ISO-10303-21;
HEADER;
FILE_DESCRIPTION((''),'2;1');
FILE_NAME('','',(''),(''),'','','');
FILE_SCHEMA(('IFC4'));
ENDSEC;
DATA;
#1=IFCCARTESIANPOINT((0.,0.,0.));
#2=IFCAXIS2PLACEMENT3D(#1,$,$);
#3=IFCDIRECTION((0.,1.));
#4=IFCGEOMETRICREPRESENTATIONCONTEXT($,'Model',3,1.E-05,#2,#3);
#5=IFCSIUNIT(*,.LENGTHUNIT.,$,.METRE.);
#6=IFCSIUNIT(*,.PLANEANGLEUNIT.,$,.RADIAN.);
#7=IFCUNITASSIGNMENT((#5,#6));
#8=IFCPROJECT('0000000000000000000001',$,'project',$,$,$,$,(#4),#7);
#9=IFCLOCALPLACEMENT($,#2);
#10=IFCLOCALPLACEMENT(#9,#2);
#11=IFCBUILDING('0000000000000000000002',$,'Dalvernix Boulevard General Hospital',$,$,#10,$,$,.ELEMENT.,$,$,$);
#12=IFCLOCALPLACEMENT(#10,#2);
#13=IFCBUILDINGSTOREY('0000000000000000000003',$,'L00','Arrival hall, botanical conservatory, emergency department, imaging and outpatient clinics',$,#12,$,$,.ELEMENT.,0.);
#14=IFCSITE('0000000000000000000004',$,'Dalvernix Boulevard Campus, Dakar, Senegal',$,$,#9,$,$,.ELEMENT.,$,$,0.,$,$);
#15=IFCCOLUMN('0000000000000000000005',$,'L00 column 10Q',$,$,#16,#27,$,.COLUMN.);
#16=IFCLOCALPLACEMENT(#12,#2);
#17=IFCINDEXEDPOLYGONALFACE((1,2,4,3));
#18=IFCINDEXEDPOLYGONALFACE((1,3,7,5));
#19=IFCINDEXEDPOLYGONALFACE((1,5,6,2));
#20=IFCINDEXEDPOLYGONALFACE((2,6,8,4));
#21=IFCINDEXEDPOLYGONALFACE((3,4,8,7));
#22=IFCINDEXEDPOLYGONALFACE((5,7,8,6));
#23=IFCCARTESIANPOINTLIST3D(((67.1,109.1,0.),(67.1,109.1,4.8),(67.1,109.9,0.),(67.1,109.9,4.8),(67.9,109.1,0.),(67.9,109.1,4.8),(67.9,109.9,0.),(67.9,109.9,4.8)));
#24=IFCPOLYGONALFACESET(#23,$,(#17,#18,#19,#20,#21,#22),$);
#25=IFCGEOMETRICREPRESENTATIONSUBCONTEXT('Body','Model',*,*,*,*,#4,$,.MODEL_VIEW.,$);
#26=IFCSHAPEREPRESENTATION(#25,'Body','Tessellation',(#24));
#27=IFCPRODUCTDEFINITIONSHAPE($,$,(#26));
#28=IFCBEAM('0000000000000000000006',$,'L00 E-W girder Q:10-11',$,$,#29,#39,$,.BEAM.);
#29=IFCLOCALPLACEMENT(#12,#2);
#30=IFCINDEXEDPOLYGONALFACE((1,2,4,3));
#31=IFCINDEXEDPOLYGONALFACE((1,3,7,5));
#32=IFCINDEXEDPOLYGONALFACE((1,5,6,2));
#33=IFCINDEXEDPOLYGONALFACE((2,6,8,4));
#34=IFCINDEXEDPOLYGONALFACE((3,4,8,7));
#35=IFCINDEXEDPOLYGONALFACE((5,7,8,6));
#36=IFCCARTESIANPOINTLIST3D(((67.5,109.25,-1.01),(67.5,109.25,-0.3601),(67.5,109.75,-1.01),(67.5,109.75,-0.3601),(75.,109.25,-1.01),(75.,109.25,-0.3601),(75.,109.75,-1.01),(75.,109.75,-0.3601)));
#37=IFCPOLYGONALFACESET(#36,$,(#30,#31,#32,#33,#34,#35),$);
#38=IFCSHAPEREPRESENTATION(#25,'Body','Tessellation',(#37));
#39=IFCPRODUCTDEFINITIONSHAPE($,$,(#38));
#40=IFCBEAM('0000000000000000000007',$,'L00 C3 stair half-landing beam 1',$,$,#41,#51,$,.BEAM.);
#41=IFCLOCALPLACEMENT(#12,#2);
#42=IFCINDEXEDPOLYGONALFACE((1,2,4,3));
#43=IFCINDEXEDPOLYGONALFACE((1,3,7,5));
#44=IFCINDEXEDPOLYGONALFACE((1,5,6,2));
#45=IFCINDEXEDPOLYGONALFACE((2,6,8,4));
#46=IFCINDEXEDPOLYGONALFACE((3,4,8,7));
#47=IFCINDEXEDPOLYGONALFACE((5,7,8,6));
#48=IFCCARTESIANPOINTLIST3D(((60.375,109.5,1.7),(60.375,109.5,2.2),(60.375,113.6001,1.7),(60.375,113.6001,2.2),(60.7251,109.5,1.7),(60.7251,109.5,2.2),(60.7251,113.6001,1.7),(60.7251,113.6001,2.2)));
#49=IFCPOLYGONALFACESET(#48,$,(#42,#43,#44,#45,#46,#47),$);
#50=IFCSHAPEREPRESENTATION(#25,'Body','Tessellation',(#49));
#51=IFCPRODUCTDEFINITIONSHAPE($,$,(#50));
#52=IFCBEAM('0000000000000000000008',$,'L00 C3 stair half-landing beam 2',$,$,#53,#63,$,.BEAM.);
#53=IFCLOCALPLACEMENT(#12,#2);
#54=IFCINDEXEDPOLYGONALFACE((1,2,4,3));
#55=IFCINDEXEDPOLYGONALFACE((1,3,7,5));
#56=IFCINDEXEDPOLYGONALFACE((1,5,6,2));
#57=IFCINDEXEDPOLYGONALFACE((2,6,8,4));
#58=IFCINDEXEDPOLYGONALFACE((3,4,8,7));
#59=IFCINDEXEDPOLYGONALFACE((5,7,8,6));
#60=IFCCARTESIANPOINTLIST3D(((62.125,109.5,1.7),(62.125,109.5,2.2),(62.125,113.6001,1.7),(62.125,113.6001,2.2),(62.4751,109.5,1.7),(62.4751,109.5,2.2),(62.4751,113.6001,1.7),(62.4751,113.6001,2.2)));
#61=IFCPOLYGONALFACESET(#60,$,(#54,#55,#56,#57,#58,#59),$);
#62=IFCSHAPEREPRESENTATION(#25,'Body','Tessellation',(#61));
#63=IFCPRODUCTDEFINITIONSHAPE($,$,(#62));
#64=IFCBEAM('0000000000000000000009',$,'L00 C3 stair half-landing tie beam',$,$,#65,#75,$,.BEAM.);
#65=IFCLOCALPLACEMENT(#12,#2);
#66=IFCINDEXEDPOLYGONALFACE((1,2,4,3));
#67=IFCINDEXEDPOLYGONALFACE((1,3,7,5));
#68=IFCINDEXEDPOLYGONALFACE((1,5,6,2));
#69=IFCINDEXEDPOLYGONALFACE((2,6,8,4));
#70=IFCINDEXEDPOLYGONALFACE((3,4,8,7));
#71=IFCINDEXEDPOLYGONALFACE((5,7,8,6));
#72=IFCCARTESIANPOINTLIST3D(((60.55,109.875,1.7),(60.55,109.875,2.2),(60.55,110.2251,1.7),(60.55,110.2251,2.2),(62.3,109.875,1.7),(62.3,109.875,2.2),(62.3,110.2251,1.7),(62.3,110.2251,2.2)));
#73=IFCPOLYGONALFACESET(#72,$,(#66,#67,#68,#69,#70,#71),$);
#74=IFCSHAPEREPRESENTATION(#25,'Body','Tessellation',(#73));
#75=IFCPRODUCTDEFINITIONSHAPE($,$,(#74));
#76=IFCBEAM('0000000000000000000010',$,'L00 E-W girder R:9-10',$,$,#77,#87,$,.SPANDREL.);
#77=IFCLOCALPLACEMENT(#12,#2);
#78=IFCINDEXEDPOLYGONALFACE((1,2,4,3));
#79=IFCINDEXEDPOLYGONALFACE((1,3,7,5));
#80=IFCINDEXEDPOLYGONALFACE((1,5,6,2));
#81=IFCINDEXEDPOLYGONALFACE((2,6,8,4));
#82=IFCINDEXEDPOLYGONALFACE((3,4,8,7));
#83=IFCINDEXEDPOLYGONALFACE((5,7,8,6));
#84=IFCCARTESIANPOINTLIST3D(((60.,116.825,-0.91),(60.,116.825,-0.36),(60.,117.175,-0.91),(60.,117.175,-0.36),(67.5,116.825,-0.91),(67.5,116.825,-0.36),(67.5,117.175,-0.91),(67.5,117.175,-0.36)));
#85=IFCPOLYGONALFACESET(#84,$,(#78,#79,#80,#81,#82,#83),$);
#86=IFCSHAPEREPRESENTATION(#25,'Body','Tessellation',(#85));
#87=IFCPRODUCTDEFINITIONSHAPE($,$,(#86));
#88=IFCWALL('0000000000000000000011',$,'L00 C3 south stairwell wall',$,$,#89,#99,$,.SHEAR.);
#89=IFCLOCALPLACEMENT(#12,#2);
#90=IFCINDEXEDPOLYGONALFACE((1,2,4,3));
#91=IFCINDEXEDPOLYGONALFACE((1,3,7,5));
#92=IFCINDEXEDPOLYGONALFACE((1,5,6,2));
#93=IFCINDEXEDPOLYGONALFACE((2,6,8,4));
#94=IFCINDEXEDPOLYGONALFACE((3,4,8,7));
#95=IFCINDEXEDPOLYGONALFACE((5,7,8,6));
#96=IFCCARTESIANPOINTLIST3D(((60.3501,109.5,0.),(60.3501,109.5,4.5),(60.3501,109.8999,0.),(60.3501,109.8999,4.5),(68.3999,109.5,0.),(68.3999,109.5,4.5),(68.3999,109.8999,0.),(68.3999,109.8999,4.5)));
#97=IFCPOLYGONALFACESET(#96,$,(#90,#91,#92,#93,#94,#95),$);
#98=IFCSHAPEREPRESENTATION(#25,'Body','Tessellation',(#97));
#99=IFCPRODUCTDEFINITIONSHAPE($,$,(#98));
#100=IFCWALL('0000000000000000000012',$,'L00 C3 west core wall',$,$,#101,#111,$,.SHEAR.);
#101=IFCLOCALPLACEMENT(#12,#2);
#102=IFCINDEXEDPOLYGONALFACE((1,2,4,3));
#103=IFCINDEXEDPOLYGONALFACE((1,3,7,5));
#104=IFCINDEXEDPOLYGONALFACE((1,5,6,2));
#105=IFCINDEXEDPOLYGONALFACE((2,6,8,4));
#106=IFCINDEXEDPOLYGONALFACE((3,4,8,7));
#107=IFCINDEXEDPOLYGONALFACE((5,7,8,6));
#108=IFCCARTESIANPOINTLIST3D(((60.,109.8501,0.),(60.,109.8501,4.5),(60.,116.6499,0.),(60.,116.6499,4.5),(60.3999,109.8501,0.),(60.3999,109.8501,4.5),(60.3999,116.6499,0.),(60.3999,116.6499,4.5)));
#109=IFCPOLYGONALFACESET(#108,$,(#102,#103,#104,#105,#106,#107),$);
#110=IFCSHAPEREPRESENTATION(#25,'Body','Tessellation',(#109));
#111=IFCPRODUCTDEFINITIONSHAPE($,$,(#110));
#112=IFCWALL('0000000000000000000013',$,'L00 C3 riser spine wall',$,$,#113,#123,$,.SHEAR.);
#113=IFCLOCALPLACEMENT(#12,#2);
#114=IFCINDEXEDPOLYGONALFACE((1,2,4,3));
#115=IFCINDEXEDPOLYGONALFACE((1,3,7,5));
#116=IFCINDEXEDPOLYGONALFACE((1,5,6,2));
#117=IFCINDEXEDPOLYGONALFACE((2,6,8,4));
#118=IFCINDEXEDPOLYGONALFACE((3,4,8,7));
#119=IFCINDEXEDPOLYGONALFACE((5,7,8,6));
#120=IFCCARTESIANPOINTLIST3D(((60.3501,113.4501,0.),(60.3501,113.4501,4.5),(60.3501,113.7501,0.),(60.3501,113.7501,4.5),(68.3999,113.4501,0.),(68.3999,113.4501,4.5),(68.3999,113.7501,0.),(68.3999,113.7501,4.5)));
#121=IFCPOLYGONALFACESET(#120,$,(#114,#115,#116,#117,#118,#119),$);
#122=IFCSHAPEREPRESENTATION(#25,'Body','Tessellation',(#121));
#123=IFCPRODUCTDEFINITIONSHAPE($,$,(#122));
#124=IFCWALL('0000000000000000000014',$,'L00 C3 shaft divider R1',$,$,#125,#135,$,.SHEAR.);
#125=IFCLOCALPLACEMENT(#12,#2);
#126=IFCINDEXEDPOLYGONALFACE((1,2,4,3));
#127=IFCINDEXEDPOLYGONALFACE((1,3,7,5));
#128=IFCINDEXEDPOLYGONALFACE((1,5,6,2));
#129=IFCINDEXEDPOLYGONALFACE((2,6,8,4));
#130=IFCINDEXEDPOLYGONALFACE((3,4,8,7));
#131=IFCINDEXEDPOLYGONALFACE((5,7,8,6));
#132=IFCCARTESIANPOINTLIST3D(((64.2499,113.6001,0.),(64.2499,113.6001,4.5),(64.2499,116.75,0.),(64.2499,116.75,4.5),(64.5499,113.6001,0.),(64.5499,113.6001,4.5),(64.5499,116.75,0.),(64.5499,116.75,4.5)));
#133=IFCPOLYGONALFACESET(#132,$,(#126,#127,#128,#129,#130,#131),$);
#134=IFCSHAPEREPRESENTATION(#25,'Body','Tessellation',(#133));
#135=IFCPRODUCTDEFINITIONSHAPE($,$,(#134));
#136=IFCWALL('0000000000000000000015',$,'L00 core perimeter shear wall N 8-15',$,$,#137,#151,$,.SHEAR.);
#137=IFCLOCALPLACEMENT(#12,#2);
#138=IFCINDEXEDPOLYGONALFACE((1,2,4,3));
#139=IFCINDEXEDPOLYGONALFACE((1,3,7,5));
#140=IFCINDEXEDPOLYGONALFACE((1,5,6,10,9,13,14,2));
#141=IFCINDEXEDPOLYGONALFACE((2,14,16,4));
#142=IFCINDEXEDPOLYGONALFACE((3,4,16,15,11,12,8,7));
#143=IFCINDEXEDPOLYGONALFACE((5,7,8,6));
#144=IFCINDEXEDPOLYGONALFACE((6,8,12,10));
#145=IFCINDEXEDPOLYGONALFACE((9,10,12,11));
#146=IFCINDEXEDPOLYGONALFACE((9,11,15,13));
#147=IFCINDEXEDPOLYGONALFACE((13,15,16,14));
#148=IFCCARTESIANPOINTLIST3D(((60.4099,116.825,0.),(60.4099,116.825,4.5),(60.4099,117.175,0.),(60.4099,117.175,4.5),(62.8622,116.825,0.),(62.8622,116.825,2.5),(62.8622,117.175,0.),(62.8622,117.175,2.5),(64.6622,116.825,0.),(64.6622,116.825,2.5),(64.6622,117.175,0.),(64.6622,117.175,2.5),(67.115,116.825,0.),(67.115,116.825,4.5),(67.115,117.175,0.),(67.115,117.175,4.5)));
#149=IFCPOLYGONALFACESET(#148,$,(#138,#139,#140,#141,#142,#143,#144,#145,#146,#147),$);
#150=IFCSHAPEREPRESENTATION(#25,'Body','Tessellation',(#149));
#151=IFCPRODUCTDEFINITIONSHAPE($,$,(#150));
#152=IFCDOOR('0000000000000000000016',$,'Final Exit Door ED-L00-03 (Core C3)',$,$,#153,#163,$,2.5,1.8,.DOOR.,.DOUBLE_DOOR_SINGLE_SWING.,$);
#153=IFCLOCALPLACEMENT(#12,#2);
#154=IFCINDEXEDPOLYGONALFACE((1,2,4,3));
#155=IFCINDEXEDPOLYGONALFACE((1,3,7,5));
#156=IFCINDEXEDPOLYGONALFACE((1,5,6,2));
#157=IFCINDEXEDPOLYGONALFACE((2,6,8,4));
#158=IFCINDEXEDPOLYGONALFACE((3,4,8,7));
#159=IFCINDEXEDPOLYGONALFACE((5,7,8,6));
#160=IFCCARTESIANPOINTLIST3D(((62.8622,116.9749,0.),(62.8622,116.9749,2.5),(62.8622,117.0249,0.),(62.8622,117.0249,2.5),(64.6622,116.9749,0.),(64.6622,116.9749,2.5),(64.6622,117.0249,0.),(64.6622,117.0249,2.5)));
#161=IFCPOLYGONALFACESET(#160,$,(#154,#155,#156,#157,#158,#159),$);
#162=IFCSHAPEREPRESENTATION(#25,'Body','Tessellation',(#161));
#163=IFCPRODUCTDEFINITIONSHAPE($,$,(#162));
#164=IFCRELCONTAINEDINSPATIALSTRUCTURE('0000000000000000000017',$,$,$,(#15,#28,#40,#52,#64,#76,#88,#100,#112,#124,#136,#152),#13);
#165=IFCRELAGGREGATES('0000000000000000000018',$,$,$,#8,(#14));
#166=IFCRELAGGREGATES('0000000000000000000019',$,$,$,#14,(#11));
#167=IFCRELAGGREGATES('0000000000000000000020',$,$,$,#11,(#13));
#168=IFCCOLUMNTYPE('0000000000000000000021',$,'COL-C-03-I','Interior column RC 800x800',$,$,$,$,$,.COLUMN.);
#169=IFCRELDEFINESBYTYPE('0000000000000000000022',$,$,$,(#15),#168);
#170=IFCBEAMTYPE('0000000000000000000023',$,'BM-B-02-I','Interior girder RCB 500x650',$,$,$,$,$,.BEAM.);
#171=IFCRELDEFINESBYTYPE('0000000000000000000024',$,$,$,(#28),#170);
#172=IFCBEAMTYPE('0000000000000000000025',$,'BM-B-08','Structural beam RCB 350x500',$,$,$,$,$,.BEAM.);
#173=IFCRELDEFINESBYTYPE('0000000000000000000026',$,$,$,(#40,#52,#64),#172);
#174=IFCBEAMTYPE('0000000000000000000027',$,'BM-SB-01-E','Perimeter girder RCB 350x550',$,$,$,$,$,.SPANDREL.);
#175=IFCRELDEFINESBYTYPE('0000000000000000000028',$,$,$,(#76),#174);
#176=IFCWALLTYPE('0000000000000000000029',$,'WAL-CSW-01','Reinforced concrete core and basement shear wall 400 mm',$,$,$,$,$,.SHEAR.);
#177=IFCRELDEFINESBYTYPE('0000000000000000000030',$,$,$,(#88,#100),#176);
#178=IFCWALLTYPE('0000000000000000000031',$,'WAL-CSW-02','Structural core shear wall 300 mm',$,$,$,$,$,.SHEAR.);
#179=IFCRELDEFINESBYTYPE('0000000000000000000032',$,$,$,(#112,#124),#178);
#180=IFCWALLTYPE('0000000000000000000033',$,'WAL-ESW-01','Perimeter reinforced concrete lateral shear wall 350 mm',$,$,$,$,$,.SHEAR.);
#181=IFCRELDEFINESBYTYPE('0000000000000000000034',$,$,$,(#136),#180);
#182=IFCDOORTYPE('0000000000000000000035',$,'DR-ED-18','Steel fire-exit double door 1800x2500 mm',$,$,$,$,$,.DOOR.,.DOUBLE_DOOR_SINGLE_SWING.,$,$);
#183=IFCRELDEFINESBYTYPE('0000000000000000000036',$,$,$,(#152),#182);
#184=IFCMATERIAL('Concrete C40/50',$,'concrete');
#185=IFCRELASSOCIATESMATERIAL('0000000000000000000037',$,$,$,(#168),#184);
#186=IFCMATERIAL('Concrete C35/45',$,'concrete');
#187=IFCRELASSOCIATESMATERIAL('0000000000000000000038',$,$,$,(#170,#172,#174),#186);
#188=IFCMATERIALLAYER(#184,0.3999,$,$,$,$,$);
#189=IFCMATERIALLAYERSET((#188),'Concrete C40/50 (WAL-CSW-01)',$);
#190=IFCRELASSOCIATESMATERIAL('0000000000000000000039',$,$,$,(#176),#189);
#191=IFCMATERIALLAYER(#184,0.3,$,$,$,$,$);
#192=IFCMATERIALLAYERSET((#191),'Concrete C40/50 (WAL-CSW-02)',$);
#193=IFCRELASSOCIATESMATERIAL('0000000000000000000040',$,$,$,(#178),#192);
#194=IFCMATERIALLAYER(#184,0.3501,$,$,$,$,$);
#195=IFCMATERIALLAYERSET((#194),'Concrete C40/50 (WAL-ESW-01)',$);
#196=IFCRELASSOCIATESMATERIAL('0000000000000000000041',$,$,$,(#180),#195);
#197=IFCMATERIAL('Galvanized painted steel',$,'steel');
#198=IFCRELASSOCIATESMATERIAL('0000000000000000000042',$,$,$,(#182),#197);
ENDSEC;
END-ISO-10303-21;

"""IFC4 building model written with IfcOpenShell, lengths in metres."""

from ifc_helpers import new_model, si_unit, direction, frame, frame_2d, origin, origin_2d, place, context, subcontext, project, spatial, rectangle, extrude, material, layer, layer_set, material_profile, profile_set, type_object, element, fill, save


model = new_model("IFC4")

# Units and contexts
model_context = context("Model", 3, precision=1e-05, world=origin(), true_north=direction((0.0, 1.0)))
body_context = subcontext(model_context, "Body", "Model", "MODEL_VIEW")
ifc_project = project(units=[si_unit("LENGTHUNIT", "METRE"), si_unit("PLANEANGLEUNIT", "RADIAN")], contexts=[model_context])

# Site, building, storey
site_placement = place(None, origin())
site = spatial("IfcSite", under=ifc_project, at=site_placement, Name="Dalvernix Boulevard Campus, Dakar, Senegal", CompositionType="ELEMENT", RefElevation=0.0)
building_placement = place(site_placement, origin())
building = spatial("IfcBuilding", under=site, at=building_placement, Name="Dalvernix Boulevard General Hospital", CompositionType="ELEMENT")
storey_placement = place(building_placement, origin())
storey = spatial("IfcBuildingStorey", under=building, at=storey_placement, Name="L00", Description="Arrival hall, botanical conservatory, emergency department, imaging and outpatient clinics", CompositionType="ELEMENT", Elevation=0.0)

# Column
ifc_material_1 = material(Name="Concrete C40/50", Category="concrete")
ifc_material_profile_1 = material_profile(ifc_material_1, rectangle(XDim=0.8, YDim=0.8, at=origin_2d()), Name="RC 800x800")
ifc_profile_set_1 = profile_set([ifc_material_profile_1], Name="Concrete C40/50")
column_type = type_object("IfcColumnType", Name="COL-C-03-I", Description="Interior column RC 800x800", PredefinedType="COLUMN", material=ifc_profile_set_1)
column_placement = place(storey_placement, frame((67.5, 109.5, 0.0), z_axis=(0.0, 0.0, 1.0), x_axis=(1.0, 0.0, 0.0)))
element("IfcColumn", 1, at=column_placement, inside=storey, type_object=column_type, Name="L00 column 10Q", PredefinedType="COLUMN", context=body_context, shape_type="SweptSolid", body=[
    extrude(rectangle(XDim=0.8, YDim=0.8, at=origin_2d()), origin(), (0.0, 0.0, 1.0), 4.8),
])

# Beams
ifc_material_2 = material(Name="Concrete C35/45", Category="concrete")
ifc_material_profile_2 = material_profile(ifc_material_2, rectangle(XDim=0.5, YDim=0.6499, at=origin_2d()), Name="RCB 500x650")
ifc_profile_set_2 = profile_set([ifc_material_profile_2], Name="Concrete C35/45")
beam_type_1 = type_object("IfcBeamType", Name="BM-B-02-I", Description="Interior girder RCB 500x650", PredefinedType="BEAM", material=ifc_profile_set_2)
beam_1_placement = place(storey_placement, frame((67.5, 109.5, -0.6851), z_axis=(1.0, 0.0, 0.0), x_axis=(0.0, 1.0, 0.0)))
element("IfcBeam", 2, at=beam_1_placement, inside=storey, type_object=beam_type_1, Name="L00 E-W girder Q:10-11", PredefinedType="BEAM", context=body_context, shape_type="SweptSolid", body=[
    extrude(rectangle(XDim=0.5, YDim=0.6499, at=origin_2d()), origin(), (0.0, 0.0, 1.0), 7.5),
])
ifc_material_profile_3 = material_profile(ifc_material_2, rectangle(XDim=0.3501, YDim=0.5, at=origin_2d()), Name="RCB 350x500")
ifc_profile_set_3 = profile_set([ifc_material_profile_3], Name="Concrete C35/45")
beam_type_2 = type_object("IfcBeamType", Name="BM-B-08", Description="Structural beam RCB 350x500", PredefinedType="BEAM", material=ifc_profile_set_3)
for number, where, z_axis, x_axis, name in (
    (3, (60.55, 109.5, 1.95), (0.0, 1.0, 0.0), (-1.0, 0.0, 0.0), "L00 C3 stair half-landing beam 1"),
    (4, (62.3, 109.5, 1.95), (0.0, 1.0, 0.0), (-1.0, 0.0, 0.0), "L00 C3 stair half-landing beam 2"),
):
    element("IfcBeam", number, at=place(storey_placement, frame(where, z_axis=z_axis, x_axis=x_axis)), inside=storey, type_object=beam_type_2, Name=name, PredefinedType="BEAM", context=body_context, shape_type="SweptSolid", body=[
        extrude(rectangle(XDim=0.3501, YDim=0.5, at=origin_2d()), origin(), (0.0, 0.0, 1.0), 4.1001),
    ])
beam_2_placement = place(storey_placement, frame((60.55, 110.05, 1.95), z_axis=(1.0, 0.0, 0.0), x_axis=(0.0, 1.0, 0.0)))
element("IfcBeam", 5, at=beam_2_placement, inside=storey, type_object=beam_type_2, Name="L00 C3 stair half-landing tie beam", PredefinedType="BEAM", context=body_context, shape_type="SweptSolid", body=[
    extrude(rectangle(XDim=0.3501, YDim=0.5, at=origin_2d()), origin(), (0.0, 0.0, 1.0), 1.75),
])
ifc_material_profile_4 = material_profile(ifc_material_2, rectangle(XDim=0.3501, YDim=0.55, at=origin_2d()), Name="RCB 350x550")
ifc_profile_set_4 = profile_set([ifc_material_profile_4], Name="Concrete C35/45")
beam_type_3 = type_object("IfcBeamType", Name="BM-SB-01-E", Description="Perimeter girder RCB 350x550", PredefinedType="SPANDREL", material=ifc_profile_set_4)
beam_3_placement = place(storey_placement, frame((60.0, 117.0, -0.635), z_axis=(1.0, 0.0, 0.0), x_axis=(0.0, 1.0, 0.0)))
element("IfcBeam", 6, at=beam_3_placement, inside=storey, type_object=beam_type_3, Name="L00 E-W girder R:9-10", PredefinedType="SPANDREL", context=body_context, shape_type="SweptSolid", body=[
    extrude(rectangle(XDim=0.3501, YDim=0.55, at=origin_2d()), origin(), (0.0, 0.0, 1.0), 7.5),
])

# Walls
ifc_layer_1 = layer(ifc_material_1, 0.3999)
ifc_layer_set_1 = layer_set([ifc_layer_1], Name="Concrete C40/50 (WAL-CSW-01)")
wall_type_1 = type_object("IfcWallType", Name="WAL-CSW-01", Description="Reinforced concrete core and basement shear wall 400 mm", PredefinedType="SHEAR", material=ifc_layer_set_1)
wall_1_placement = place(storey_placement, frame((60.3501, 109.7, 0.0), z_axis=(0.0, 0.0, 1.0), x_axis=(1.0, 0.0, 0.0)))
element("IfcWall", 7, at=wall_1_placement, inside=storey, type_object=wall_type_1, Name="L00 C3 south stairwell wall", PredefinedType="SHEAR", context=body_context, shape_type="SweptSolid", body=[
    extrude(rectangle(XDim=8.0498, YDim=0.3999, at=frame_2d((4.0249, 0.0))), origin(), (0.0, 0.0, 1.0), 4.5),
])
wall_2_placement = place(storey_placement, frame((60.2, 109.8501, 0.0), z_axis=(0.0, 0.0, 1.0), x_axis=(0.0, 1.0, 0.0)))
element("IfcWall", 8, at=wall_2_placement, inside=storey, type_object=wall_type_1, Name="L00 C3 west core wall", PredefinedType="SHEAR", context=body_context, shape_type="SweptSolid", body=[
    extrude(rectangle(XDim=6.7998, YDim=0.3999, at=frame_2d((3.3999, 0.0))), origin(), (0.0, 0.0, 1.0), 4.5),
])
ifc_layer_2 = layer(ifc_material_1, 0.3)
ifc_layer_set_2 = layer_set([ifc_layer_2], Name="Concrete C40/50 (WAL-CSW-02)")
wall_type_2 = type_object("IfcWallType", Name="WAL-CSW-02", Description="Structural core shear wall 300 mm", PredefinedType="SHEAR", material=ifc_layer_set_2)
wall_3_placement = place(storey_placement, frame((60.3501, 113.6001, 0.0), z_axis=(0.0, 0.0, 1.0), x_axis=(1.0, 0.0, 0.0)))
element("IfcWall", 9, at=wall_3_placement, inside=storey, type_object=wall_type_2, Name="L00 C3 riser spine wall", PredefinedType="SHEAR", context=body_context, shape_type="SweptSolid", body=[
    extrude(rectangle(XDim=8.0498, YDim=0.3, at=frame_2d((4.0249, 0.0))), origin(), (0.0, 0.0, 1.0), 4.5),
])
wall_4_placement = place(storey_placement, frame((64.3999, 113.6001, 0.0), z_axis=(0.0, 0.0, 1.0), x_axis=(0.0, 1.0, 0.0)))
element("IfcWall", 10, at=wall_4_placement, inside=storey, type_object=wall_type_2, Name="L00 C3 shaft divider R1", PredefinedType="SHEAR", context=body_context, shape_type="SweptSolid", body=[
    extrude(rectangle(XDim=3.1499, YDim=0.3, at=frame_2d((1.575, 0.0))), origin(), (0.0, 0.0, 1.0), 4.5),
])

# Wall, opening, door
ifc_layer_3 = layer(ifc_material_1, 0.3501)
ifc_layer_set_3 = layer_set([ifc_layer_3], Name="Concrete C40/50 (WAL-ESW-01)")
wall_type_3 = type_object("IfcWallType", Name="WAL-ESW-01", Description="Perimeter reinforced concrete lateral shear wall 350 mm", PredefinedType="SHEAR", material=ifc_layer_set_3)
wall_5_placement = place(storey_placement, frame((60.4099, 117.0, 0.0), z_axis=(0.0, 0.0, 1.0), x_axis=(1.0, 0.0, 0.0)))
wall_5 = element("IfcWall", 11, at=wall_5_placement, inside=storey, type_object=wall_type_3, Name="L00 core perimeter shear wall N 8-15", PredefinedType="SHEAR", context=body_context, shape_type="SweptSolid", body=[
    extrude(rectangle(XDim=6.7051, YDim=0.3501, at=frame_2d((3.3525, 0.0))), origin(), (0.0, 0.0, 1.0), 4.5),
])
opening_placement = place(wall_5_placement, frame((2.4524, 0.0, 0.0)))
opening = element("IfcOpeningElement", 12, at=opening_placement, cuts=wall_5, PredefinedType="OPENING", context=body_context, shape_type="SweptSolid", body=[
    extrude(rectangle(XDim=1.8, YDim=2.5, at=frame_2d((0.8999, 1.25))), frame((0.0, 0.1851, 0.0), z_axis=(0.0, -1.0, 0.0), x_axis=(1.0, 0.0, 0.0)), (0.0, 0.0, 1.0), 0.3701),
])
ifc_material_3 = material(Name="Galvanized painted steel", Category="steel")
door_type = type_object("IfcDoorType", Name="DR-ED-18", Description="Steel fire-exit double door 1800x2500 mm", OperationType="DOUBLE_DOOR_SINGLE_SWING", PredefinedType="DOOR", material=ifc_material_3)
door_placement = place(opening_placement, origin())
door = element("IfcDoor", 13, at=door_placement, inside=storey, type_object=door_type, Name="Final Exit Door ED-L00-03 (Core C3)", OperationType="DOUBLE_DOOR_SINGLE_SWING", OverallHeight=2.5, OverallWidth=1.8, PredefinedType="DOOR", context=body_context, shape_type="SweptSolid", body=[
    extrude(rectangle(XDim=1.8, YDim=2.5, at=frame_2d((0.8999, 1.25))), frame((0.0, 0.0249, 0.0), z_axis=(0.0, -1.0, 0.0), x_axis=(1.0, 0.0, 0.0)), (0.0, 0.0, 1.0), 0.05),
])
fill(opening, door)

save(model, "model.ifc")
